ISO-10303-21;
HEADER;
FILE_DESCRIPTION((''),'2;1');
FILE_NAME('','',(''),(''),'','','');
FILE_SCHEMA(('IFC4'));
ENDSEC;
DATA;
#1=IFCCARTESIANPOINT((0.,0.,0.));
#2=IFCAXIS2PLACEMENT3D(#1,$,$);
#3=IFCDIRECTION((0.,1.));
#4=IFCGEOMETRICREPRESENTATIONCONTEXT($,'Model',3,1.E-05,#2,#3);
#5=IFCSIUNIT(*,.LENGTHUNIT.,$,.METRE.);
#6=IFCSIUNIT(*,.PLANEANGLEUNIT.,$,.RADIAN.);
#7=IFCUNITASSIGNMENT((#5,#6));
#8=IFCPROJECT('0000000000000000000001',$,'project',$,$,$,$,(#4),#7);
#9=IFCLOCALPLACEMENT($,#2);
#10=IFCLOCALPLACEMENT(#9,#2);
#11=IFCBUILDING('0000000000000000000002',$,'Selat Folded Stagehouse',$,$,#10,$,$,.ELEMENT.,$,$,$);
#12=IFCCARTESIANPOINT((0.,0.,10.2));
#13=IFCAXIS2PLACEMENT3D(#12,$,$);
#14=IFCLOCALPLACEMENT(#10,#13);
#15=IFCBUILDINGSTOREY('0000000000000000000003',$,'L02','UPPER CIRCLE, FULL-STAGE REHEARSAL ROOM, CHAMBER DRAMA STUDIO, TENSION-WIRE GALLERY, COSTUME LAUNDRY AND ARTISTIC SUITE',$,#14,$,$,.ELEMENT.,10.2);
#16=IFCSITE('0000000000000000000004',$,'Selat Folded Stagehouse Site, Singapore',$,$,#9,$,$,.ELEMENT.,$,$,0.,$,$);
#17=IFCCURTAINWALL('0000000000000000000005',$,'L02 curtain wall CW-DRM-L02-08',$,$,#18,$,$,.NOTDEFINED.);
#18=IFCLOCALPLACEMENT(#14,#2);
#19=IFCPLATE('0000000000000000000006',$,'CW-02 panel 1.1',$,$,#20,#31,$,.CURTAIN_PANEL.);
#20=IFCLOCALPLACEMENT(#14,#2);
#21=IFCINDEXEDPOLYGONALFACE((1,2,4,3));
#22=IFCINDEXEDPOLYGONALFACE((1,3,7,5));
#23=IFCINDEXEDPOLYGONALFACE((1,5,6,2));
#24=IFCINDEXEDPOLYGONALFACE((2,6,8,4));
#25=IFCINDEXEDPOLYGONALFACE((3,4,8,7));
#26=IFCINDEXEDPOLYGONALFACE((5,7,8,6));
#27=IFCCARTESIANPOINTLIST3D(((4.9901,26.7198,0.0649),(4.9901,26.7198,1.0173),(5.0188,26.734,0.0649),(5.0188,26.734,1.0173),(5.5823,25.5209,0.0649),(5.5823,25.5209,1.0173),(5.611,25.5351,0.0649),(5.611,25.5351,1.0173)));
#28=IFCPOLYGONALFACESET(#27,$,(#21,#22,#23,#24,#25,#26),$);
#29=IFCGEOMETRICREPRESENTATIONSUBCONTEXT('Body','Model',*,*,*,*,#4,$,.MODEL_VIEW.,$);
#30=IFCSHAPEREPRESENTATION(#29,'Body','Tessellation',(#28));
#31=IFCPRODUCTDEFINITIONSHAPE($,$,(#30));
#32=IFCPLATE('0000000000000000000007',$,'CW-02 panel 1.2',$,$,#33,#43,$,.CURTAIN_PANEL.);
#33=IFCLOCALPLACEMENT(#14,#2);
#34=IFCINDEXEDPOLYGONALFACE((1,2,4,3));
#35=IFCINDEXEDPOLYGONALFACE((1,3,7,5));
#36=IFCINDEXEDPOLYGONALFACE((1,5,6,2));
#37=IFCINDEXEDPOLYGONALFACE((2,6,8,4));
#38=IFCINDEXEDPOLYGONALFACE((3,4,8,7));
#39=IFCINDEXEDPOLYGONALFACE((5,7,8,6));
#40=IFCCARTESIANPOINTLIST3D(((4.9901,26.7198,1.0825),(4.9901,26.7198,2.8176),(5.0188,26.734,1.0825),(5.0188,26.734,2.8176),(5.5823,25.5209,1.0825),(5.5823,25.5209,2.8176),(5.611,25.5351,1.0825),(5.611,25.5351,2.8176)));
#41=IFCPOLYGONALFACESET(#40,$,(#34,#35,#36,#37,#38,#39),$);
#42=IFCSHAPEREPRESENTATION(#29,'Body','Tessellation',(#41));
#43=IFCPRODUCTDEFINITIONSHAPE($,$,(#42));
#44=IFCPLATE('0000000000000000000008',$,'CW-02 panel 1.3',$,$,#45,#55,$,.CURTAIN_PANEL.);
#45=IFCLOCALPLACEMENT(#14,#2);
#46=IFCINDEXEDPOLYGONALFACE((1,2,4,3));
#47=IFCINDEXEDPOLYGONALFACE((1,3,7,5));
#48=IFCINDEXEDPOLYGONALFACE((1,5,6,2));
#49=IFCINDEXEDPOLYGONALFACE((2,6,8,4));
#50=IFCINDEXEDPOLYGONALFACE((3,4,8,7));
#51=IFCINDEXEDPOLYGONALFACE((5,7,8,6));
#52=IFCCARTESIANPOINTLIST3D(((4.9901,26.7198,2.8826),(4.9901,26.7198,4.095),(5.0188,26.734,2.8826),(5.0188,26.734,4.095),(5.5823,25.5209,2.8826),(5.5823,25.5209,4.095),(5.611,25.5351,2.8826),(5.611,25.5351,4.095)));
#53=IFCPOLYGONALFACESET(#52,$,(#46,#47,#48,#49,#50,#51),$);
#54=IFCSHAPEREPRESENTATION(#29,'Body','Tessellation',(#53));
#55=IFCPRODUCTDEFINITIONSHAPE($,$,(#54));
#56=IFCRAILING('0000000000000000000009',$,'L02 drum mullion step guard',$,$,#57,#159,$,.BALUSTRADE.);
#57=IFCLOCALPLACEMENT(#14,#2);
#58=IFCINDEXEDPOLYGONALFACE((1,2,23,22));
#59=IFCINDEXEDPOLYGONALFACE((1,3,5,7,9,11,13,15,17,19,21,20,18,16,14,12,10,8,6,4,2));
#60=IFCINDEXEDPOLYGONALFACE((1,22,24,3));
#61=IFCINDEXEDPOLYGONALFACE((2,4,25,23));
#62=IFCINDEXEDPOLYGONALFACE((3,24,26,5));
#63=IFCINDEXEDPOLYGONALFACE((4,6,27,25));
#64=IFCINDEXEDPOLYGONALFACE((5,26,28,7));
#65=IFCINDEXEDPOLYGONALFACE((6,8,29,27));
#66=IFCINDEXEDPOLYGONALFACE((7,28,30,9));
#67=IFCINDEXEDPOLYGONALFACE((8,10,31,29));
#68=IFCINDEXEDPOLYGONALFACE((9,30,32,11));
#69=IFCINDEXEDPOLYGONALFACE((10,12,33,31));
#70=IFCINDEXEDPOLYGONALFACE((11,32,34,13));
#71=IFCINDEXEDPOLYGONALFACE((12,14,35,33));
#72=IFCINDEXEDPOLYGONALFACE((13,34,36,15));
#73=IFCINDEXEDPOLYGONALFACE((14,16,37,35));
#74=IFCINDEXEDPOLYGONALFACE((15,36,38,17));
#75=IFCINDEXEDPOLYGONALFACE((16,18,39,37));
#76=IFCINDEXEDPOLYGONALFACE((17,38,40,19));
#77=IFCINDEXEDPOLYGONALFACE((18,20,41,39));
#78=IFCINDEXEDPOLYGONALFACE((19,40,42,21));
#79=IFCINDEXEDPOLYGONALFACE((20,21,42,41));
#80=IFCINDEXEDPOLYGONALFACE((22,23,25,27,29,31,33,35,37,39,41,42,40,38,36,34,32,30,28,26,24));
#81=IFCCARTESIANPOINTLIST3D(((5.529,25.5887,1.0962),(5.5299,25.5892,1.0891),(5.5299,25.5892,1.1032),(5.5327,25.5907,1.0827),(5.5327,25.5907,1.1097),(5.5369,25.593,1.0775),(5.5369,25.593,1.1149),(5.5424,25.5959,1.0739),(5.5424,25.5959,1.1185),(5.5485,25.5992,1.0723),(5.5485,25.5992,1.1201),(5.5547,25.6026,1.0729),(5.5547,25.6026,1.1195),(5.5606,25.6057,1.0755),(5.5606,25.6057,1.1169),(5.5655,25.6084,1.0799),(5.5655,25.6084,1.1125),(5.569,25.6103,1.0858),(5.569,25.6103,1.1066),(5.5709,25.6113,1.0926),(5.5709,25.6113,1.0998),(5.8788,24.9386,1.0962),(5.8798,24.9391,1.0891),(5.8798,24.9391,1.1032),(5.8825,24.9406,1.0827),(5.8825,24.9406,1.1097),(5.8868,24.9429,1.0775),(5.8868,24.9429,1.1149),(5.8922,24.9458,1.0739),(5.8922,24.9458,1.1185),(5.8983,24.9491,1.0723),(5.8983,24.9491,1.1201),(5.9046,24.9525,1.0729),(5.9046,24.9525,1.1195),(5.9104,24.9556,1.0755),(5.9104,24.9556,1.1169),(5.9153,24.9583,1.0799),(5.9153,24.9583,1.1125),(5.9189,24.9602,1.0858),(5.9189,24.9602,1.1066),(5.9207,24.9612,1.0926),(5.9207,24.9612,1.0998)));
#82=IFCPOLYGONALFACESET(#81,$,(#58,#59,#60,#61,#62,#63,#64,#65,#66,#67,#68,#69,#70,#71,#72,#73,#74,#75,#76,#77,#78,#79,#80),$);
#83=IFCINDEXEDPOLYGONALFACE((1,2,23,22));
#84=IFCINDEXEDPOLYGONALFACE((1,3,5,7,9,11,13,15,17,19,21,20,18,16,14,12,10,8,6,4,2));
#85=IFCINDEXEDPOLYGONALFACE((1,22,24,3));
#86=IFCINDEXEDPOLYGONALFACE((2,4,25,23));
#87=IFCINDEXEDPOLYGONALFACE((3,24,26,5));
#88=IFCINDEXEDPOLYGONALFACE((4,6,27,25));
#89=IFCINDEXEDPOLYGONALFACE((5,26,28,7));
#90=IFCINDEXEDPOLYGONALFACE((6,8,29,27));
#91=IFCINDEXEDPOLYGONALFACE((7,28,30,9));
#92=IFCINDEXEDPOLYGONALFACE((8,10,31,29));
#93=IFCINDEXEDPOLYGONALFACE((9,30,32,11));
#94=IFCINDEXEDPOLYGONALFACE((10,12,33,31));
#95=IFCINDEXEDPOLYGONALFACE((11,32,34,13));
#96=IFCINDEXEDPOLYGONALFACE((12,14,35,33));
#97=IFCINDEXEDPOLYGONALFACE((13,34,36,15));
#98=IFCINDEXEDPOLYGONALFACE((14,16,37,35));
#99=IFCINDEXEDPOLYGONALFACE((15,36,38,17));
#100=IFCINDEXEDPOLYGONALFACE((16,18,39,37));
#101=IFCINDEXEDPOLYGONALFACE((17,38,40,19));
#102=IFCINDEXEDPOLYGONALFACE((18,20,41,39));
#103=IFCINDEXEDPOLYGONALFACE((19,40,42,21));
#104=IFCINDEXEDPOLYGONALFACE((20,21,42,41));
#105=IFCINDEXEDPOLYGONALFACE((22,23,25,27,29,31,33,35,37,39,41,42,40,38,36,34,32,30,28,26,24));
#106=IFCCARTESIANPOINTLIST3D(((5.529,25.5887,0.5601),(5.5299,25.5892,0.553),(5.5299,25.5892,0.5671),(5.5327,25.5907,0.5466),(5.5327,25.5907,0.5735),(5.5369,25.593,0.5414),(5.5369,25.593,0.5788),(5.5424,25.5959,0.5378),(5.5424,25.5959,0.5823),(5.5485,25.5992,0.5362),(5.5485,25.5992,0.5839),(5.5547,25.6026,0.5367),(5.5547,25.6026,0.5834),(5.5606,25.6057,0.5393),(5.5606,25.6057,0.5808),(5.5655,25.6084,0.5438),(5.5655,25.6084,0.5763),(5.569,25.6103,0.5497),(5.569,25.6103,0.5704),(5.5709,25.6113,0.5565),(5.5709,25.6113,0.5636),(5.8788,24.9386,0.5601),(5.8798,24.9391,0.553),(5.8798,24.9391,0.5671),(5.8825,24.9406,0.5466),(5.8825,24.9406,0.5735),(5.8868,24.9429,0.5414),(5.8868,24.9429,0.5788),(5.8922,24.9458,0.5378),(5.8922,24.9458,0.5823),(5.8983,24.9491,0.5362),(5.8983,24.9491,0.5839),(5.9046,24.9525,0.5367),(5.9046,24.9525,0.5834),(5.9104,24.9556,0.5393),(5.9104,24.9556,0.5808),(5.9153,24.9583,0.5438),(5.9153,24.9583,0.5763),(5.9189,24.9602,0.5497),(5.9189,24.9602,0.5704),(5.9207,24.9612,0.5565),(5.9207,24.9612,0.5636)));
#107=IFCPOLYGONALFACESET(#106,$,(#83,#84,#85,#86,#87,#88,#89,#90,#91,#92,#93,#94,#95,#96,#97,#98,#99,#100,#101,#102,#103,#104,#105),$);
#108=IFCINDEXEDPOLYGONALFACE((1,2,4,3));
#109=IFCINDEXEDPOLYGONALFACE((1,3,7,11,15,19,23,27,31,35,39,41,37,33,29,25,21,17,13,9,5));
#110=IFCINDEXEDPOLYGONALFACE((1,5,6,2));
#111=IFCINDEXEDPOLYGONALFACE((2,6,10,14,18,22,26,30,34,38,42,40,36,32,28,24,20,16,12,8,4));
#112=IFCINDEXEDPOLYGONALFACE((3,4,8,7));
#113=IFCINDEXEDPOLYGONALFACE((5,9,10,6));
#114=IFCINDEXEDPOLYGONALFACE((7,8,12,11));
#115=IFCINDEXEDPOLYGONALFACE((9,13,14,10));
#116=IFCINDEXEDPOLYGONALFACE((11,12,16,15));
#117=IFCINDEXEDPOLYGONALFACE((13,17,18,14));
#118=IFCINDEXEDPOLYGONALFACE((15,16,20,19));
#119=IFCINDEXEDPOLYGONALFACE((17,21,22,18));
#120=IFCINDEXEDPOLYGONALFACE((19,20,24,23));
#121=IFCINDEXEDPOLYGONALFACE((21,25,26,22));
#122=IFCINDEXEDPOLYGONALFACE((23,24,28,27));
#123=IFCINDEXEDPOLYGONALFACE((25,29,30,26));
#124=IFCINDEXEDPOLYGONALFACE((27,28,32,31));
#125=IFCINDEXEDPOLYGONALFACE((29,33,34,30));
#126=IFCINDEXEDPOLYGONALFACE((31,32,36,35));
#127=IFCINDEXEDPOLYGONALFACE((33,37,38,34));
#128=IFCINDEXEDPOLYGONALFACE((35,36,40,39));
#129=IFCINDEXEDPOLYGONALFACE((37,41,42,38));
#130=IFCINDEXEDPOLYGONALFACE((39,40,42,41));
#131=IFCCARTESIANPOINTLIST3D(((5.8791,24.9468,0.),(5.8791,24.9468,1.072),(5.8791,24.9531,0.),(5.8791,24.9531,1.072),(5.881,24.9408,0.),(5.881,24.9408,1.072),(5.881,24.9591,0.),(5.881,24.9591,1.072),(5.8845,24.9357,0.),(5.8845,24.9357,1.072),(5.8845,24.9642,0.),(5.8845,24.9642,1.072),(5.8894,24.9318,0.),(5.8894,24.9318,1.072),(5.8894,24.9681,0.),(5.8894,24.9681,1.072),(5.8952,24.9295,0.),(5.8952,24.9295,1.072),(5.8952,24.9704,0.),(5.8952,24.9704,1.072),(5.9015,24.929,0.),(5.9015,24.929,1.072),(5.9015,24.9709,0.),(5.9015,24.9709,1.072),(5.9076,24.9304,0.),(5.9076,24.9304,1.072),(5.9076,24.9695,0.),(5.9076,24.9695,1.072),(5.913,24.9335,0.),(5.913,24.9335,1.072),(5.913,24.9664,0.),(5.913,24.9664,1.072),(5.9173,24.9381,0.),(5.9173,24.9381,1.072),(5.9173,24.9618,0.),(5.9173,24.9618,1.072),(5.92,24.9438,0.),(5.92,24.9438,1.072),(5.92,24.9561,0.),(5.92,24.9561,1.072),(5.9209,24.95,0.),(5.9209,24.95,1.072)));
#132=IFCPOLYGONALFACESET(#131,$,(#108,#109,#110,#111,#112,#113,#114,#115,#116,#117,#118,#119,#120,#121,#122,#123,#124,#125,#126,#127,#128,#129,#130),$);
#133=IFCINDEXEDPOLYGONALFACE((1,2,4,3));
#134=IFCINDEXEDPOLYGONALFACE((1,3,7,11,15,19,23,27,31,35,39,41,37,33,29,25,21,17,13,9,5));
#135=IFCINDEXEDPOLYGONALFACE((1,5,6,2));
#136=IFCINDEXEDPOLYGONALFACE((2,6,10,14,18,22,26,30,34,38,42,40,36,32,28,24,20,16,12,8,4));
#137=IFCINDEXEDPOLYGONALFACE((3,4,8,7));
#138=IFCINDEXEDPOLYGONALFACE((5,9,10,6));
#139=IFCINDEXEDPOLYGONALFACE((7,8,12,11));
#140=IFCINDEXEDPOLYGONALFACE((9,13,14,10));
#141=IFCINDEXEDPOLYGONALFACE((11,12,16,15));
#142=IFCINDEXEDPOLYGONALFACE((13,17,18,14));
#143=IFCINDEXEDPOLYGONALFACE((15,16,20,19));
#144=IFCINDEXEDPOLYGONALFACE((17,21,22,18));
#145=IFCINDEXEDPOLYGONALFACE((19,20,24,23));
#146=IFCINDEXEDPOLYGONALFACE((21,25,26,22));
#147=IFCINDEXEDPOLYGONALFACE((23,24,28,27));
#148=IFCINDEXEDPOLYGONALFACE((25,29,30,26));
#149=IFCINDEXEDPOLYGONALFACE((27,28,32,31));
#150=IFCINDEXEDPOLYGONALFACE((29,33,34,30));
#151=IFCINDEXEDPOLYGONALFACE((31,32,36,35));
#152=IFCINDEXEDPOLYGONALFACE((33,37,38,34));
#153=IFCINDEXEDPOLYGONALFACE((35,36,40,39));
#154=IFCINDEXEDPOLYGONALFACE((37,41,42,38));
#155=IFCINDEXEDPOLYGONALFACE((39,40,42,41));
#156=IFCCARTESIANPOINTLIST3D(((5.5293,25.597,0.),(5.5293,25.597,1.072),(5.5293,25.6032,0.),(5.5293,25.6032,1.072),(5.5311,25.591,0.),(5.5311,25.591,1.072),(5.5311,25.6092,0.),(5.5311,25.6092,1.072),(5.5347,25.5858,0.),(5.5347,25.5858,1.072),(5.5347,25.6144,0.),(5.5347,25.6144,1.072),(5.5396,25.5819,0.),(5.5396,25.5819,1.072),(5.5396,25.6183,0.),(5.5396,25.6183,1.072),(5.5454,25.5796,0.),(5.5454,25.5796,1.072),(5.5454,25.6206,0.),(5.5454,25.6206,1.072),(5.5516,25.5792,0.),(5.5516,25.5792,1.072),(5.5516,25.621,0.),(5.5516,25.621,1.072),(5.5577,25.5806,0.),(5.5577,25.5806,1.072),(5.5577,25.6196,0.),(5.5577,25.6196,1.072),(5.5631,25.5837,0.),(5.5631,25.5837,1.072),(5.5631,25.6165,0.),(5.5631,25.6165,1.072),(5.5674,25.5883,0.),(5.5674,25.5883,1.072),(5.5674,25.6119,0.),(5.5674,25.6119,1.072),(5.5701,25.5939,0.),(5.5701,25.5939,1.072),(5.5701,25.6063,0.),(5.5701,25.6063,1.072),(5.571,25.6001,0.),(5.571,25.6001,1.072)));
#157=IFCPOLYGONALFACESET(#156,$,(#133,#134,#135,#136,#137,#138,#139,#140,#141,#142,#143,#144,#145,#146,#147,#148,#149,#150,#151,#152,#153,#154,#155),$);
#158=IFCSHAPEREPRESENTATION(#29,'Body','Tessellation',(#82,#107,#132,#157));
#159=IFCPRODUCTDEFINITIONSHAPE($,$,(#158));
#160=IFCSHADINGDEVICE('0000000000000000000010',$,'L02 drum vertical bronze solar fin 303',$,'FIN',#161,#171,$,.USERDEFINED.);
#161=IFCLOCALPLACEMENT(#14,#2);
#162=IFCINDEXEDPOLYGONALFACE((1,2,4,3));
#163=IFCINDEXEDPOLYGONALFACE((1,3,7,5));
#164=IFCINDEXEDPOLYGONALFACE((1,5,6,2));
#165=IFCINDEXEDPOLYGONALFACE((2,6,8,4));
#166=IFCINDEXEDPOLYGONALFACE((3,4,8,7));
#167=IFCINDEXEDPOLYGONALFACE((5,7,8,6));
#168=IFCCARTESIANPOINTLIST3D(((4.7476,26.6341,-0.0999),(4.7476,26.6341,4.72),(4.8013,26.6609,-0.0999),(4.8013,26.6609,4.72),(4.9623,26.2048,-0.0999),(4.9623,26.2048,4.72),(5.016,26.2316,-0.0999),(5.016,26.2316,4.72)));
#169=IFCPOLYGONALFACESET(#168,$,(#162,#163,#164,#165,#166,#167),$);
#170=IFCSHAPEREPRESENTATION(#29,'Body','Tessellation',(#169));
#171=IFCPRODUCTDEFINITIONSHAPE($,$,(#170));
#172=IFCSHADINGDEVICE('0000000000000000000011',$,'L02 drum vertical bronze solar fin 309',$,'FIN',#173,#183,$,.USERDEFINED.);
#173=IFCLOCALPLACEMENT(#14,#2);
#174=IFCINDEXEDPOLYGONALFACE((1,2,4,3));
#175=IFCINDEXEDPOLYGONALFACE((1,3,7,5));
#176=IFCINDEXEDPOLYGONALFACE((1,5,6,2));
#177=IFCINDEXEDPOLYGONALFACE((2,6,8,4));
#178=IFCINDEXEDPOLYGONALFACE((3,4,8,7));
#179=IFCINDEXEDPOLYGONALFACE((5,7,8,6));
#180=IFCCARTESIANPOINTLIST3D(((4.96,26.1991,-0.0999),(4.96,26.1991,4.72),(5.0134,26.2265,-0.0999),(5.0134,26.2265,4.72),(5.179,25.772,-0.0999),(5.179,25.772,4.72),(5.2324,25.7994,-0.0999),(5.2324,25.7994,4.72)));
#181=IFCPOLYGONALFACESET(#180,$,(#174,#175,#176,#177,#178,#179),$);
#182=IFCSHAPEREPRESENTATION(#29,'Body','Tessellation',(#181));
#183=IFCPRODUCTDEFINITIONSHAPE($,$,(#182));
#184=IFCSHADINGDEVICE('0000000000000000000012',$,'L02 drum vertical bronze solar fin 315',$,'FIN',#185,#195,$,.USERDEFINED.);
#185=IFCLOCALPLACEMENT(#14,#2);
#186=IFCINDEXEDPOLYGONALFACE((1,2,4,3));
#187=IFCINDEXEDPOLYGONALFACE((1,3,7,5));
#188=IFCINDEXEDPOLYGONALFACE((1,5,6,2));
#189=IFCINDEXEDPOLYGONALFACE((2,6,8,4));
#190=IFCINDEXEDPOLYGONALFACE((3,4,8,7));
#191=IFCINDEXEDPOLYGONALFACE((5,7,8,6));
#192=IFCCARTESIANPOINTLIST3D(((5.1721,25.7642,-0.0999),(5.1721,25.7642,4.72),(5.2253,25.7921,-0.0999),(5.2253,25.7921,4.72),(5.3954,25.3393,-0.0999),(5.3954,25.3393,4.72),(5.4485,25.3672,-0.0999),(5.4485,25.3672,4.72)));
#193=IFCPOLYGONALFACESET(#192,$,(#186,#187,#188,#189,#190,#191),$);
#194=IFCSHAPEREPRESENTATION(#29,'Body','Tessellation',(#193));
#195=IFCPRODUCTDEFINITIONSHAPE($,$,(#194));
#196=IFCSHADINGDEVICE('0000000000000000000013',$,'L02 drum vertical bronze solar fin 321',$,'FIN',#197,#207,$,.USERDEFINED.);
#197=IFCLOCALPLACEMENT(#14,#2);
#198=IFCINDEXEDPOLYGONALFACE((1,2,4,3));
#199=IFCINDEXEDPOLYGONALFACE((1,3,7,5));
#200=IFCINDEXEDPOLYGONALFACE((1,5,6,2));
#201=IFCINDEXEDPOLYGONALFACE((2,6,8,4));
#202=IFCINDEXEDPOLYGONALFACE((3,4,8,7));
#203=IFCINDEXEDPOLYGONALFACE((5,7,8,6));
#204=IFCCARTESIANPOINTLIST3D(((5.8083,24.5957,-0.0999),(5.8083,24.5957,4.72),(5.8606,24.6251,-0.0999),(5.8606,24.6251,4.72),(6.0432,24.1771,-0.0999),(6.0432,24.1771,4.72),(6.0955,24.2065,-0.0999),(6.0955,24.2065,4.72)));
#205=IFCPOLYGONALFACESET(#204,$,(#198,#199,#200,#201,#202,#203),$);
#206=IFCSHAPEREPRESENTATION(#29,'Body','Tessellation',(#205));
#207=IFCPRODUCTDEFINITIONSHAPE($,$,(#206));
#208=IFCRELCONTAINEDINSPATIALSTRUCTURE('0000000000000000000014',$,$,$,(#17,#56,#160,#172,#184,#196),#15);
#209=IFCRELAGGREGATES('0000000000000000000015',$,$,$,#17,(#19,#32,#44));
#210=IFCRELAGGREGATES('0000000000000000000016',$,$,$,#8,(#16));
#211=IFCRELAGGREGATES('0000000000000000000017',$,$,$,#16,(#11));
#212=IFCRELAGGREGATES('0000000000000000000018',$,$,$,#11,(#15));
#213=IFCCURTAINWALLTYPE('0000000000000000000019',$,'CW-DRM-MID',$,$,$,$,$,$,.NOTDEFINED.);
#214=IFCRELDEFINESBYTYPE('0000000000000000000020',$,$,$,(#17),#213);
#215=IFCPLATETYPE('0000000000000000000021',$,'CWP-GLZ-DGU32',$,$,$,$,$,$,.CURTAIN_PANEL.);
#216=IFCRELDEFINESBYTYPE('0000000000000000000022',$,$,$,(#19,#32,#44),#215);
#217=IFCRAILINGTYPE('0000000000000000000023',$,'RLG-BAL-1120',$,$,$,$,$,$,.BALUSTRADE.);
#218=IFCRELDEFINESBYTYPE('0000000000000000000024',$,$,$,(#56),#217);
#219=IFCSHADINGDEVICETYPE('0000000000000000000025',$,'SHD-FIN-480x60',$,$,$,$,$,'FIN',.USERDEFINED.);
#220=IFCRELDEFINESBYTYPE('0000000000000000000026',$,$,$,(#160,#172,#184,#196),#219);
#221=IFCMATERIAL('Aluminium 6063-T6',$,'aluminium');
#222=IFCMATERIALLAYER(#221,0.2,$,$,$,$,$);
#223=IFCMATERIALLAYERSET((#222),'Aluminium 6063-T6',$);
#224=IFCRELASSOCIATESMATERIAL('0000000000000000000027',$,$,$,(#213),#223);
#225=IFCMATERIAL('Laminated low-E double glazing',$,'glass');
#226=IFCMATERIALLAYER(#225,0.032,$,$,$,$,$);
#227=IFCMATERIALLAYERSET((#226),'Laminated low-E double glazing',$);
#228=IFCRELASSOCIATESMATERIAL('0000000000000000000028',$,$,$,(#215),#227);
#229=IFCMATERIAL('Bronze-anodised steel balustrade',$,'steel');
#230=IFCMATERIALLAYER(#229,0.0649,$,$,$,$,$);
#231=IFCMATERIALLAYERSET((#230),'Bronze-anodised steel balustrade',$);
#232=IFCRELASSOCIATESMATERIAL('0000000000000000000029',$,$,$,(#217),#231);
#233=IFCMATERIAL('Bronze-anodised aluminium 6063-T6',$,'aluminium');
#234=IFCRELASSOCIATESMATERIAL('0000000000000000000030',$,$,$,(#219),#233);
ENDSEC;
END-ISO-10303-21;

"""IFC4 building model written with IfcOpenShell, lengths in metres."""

from ifc_helpers import new_model, si_unit, direction, frame, origin, origin_2d, place, context, subcontext, project, spatial, rectangle, circle, extrude, material, layer, layer_set, material_profile, profile_set, type_object, element, aggregate, save


model = new_model("IFC4")

# Units and contexts
model_context = context("Model", 3, precision=1e-05, world=origin(), true_north=direction((0.0, 1.0)))
body_context = subcontext(model_context, "Body", "Model", "MODEL_VIEW")
ifc_project = project(units=[si_unit("LENGTHUNIT", "METRE"), si_unit("PLANEANGLEUNIT", "RADIAN")], contexts=[model_context])

# Site, building, storey
site_placement = place(None, origin())
site = spatial("IfcSite", under=ifc_project, at=site_placement, Name="Selat Folded Stagehouse Site, Singapore", CompositionType="ELEMENT", RefElevation=0.0)
building_placement = place(site_placement, origin())
building = spatial("IfcBuilding", under=site, at=building_placement, Name="Selat Folded Stagehouse", CompositionType="ELEMENT")
storey_placement = place(building_placement, frame((0.0, 0.0, 10.2)))
storey = spatial("IfcBuildingStorey", under=building, at=storey_placement, Name="L02", Description="UPPER CIRCLE, FULL-STAGE REHEARSAL ROOM, CHAMBER DRAMA STUDIO, TENSION-WIRE GALLERY, COSTUME LAUNDRY AND ARTISTIC SUITE", CompositionType="ELEMENT", Elevation=10.2)

# Curtain wall
ifc_material_1 = material(Name="Aluminium 6063-T6", Category="aluminium")
ifc_layer_1 = layer(ifc_material_1, 0.2)
ifc_layer_set_1 = layer_set([ifc_layer_1], Name="Aluminium 6063-T6")
curtain_wall_type = type_object("IfcCurtainWallType", Name="CW-DRM-MID", PredefinedType="NOTDEFINED", material=ifc_layer_set_1)
curtain_wall_1_placement = place(storey_placement, origin())
curtain_wall_1 = element("IfcCurtainWall", 1, at=curtain_wall_1_placement, inside=storey, type_object=curtain_wall_type, Name="L02 curtain wall CW-DRM-L02-08", PredefinedType="NOTDEFINED")

# Plates
ifc_material_2 = material(Name="Laminated low-E double glazing", Category="glass")
ifc_layer_2 = layer(ifc_material_2, 0.032)
ifc_layer_set_2 = layer_set([ifc_layer_2], Name="Laminated low-E double glazing")
plate_type = type_object("IfcPlateType", Name="CWP-GLZ-DGU32", PredefinedType="CURTAIN_PANEL", material=ifc_layer_set_2)
plate_1_placement = place(storey_placement, frame((5.3005, 26.1274, 0.0649), z_axis=(0.0, 0.0, 1.0), x_axis=(-0.442845, 0.896598, 0.0)))
plate_1 = element("IfcPlate", 2, at=plate_1_placement, type_object=plate_type, Name="CW-02 panel 1.1", PredefinedType="CURTAIN_PANEL", context=body_context, shape_type="SweptSolid", body=[
    extrude(rectangle(XDim=1.3372, YDim=0.032, at=origin_2d()), origin(), (0.0, 0.0, 1.0), 0.9524),
])
plate_2_placement = place(storey_placement, frame((5.3005, 26.1274, 1.0825), z_axis=(0.0, 0.0, 1.0), x_axis=(-0.442845, 0.896598, 0.0)))
plate_2 = element("IfcPlate", 3, at=plate_2_placement, type_object=plate_type, Name="CW-02 panel 1.2", PredefinedType="CURTAIN_PANEL", context=body_context, shape_type="SweptSolid", body=[
    extrude(rectangle(XDim=1.3372, YDim=0.032, at=origin_2d()), origin(), (0.0, 0.0, 1.0), 1.7351),
])
plate_3_placement = place(storey_placement, frame((5.3005, 26.1274, 2.8826), z_axis=(0.0, 0.0, 1.0), x_axis=(-0.442845, 0.896598, 0.0)))
plate_3 = element("IfcPlate", 4, at=plate_3_placement, type_object=plate_type, Name="CW-02 panel 1.3", PredefinedType="CURTAIN_PANEL", context=body_context, shape_type="SweptSolid", body=[
    extrude(rectangle(XDim=1.3372, YDim=0.032, at=origin_2d()), origin(), (0.0, 0.0, 1.0), 1.2124),
])
aggregate(curtain_wall_1, [plate_1, plate_2, plate_3])

# Railing
ifc_material_3 = material(Name="Bronze-anodised steel balustrade", Category="steel")
ifc_layer_3 = layer(ifc_material_3, 0.0649)
ifc_layer_set_3 = layer_set([ifc_layer_3], Name="Bronze-anodised steel balustrade")
railing_type = type_object("IfcRailingType", Name="RLG-BAL-1120", PredefinedType="BALUSTRADE", material=ifc_layer_set_3)
railing_placement = place(storey_placement, frame((5.8999, 24.95, 0.0)))
element("IfcRailing", 5, at=railing_placement, inside=storey, type_object=railing_type, Name="L02 drum mullion step guard", PredefinedType="BALUSTRADE", context=body_context, shape_type="SweptSolid", body=[
    extrude(circle(Radius=0.0239, at=origin_2d()), frame((0.0, 0.0, 1.0962), z_axis=(-0.473863, 0.880598, 0.0), x_axis=(-0.880598, -0.473863, 0.0)), (0.0, 0.0, 1.0), 0.7383),
    extrude(circle(Radius=0.0239, at=origin_2d()), frame((0.0, 0.0, 0.5601), z_axis=(-0.473863, 0.880598, 0.0), x_axis=(-0.880598, -0.473863, 0.0)), (0.0, 0.0, 1.0), 0.7383),
    extrude(circle(Radius=0.021, at=origin_2d()), origin(), (0.0, 0.0, 1.0), 1.072),
    extrude(circle(Radius=0.021, at=origin_2d()), frame((-0.3499, 0.6501, 0.0)), (0.0, 0.0, 1.0), 1.072),
])

# Shading devices
ifc_material_4 = material(Name="Bronze-anodised aluminium 6063-T6", Category="aluminium")
ifc_material_profile_1 = material_profile(ifc_material_4, rectangle(XDim=0.0601, YDim=0.48, at=origin_2d()), Name="SOLAR-FIN 480x60")
ifc_profile_set_1 = profile_set([ifc_material_profile_1], Name="Bronze-anodised aluminium 6063-T6")
shading_device_type = type_object("IfcShadingDeviceType", Name="SHD-FIN-480x60", ElementType="FIN", PredefinedType="USERDEFINED", material=ifc_profile_set_1)
for number, where, z_axis, x_axis, name in (
    (6, (4.8818, 26.4329, -0.0999), (0.0, 0.0, 1.0), (-0.894389, -0.447291, 0.0), "L02 drum vertical bronze solar fin 303"),
    (7, (5.0962, 25.9993, -0.0999), (0.0, 0.0, 1.0), (-0.889815, -0.456322, 0.0), "L02 drum vertical bronze solar fin 309"),
    (8, (5.3103, 25.5657, -0.0999), (0.0, 0.0, 1.0), (-0.885231, -0.465151, 0.0), "L02 drum vertical bronze solar fin 315"),
    (9, (5.9519, 24.4011, -0.0999), (0.0, 0.0, 1.0), (-0.872069, -0.489382, 0.0), "L02 drum vertical bronze solar fin 321"),
):
    element("IfcShadingDevice", number, at=place(storey_placement, frame(where, z_axis=z_axis, x_axis=x_axis)), inside=storey, type_object=shading_device_type, Name=name, ObjectType="FIN", PredefinedType="USERDEFINED", context=body_context, shape_type="SweptSolid", body=[
        extrude(rectangle(XDim=0.0601, YDim=0.48, at=origin_2d()), origin(), (0.0, 0.0, 1.0), 4.8198),
    ])

save(model, "model.ifc")
